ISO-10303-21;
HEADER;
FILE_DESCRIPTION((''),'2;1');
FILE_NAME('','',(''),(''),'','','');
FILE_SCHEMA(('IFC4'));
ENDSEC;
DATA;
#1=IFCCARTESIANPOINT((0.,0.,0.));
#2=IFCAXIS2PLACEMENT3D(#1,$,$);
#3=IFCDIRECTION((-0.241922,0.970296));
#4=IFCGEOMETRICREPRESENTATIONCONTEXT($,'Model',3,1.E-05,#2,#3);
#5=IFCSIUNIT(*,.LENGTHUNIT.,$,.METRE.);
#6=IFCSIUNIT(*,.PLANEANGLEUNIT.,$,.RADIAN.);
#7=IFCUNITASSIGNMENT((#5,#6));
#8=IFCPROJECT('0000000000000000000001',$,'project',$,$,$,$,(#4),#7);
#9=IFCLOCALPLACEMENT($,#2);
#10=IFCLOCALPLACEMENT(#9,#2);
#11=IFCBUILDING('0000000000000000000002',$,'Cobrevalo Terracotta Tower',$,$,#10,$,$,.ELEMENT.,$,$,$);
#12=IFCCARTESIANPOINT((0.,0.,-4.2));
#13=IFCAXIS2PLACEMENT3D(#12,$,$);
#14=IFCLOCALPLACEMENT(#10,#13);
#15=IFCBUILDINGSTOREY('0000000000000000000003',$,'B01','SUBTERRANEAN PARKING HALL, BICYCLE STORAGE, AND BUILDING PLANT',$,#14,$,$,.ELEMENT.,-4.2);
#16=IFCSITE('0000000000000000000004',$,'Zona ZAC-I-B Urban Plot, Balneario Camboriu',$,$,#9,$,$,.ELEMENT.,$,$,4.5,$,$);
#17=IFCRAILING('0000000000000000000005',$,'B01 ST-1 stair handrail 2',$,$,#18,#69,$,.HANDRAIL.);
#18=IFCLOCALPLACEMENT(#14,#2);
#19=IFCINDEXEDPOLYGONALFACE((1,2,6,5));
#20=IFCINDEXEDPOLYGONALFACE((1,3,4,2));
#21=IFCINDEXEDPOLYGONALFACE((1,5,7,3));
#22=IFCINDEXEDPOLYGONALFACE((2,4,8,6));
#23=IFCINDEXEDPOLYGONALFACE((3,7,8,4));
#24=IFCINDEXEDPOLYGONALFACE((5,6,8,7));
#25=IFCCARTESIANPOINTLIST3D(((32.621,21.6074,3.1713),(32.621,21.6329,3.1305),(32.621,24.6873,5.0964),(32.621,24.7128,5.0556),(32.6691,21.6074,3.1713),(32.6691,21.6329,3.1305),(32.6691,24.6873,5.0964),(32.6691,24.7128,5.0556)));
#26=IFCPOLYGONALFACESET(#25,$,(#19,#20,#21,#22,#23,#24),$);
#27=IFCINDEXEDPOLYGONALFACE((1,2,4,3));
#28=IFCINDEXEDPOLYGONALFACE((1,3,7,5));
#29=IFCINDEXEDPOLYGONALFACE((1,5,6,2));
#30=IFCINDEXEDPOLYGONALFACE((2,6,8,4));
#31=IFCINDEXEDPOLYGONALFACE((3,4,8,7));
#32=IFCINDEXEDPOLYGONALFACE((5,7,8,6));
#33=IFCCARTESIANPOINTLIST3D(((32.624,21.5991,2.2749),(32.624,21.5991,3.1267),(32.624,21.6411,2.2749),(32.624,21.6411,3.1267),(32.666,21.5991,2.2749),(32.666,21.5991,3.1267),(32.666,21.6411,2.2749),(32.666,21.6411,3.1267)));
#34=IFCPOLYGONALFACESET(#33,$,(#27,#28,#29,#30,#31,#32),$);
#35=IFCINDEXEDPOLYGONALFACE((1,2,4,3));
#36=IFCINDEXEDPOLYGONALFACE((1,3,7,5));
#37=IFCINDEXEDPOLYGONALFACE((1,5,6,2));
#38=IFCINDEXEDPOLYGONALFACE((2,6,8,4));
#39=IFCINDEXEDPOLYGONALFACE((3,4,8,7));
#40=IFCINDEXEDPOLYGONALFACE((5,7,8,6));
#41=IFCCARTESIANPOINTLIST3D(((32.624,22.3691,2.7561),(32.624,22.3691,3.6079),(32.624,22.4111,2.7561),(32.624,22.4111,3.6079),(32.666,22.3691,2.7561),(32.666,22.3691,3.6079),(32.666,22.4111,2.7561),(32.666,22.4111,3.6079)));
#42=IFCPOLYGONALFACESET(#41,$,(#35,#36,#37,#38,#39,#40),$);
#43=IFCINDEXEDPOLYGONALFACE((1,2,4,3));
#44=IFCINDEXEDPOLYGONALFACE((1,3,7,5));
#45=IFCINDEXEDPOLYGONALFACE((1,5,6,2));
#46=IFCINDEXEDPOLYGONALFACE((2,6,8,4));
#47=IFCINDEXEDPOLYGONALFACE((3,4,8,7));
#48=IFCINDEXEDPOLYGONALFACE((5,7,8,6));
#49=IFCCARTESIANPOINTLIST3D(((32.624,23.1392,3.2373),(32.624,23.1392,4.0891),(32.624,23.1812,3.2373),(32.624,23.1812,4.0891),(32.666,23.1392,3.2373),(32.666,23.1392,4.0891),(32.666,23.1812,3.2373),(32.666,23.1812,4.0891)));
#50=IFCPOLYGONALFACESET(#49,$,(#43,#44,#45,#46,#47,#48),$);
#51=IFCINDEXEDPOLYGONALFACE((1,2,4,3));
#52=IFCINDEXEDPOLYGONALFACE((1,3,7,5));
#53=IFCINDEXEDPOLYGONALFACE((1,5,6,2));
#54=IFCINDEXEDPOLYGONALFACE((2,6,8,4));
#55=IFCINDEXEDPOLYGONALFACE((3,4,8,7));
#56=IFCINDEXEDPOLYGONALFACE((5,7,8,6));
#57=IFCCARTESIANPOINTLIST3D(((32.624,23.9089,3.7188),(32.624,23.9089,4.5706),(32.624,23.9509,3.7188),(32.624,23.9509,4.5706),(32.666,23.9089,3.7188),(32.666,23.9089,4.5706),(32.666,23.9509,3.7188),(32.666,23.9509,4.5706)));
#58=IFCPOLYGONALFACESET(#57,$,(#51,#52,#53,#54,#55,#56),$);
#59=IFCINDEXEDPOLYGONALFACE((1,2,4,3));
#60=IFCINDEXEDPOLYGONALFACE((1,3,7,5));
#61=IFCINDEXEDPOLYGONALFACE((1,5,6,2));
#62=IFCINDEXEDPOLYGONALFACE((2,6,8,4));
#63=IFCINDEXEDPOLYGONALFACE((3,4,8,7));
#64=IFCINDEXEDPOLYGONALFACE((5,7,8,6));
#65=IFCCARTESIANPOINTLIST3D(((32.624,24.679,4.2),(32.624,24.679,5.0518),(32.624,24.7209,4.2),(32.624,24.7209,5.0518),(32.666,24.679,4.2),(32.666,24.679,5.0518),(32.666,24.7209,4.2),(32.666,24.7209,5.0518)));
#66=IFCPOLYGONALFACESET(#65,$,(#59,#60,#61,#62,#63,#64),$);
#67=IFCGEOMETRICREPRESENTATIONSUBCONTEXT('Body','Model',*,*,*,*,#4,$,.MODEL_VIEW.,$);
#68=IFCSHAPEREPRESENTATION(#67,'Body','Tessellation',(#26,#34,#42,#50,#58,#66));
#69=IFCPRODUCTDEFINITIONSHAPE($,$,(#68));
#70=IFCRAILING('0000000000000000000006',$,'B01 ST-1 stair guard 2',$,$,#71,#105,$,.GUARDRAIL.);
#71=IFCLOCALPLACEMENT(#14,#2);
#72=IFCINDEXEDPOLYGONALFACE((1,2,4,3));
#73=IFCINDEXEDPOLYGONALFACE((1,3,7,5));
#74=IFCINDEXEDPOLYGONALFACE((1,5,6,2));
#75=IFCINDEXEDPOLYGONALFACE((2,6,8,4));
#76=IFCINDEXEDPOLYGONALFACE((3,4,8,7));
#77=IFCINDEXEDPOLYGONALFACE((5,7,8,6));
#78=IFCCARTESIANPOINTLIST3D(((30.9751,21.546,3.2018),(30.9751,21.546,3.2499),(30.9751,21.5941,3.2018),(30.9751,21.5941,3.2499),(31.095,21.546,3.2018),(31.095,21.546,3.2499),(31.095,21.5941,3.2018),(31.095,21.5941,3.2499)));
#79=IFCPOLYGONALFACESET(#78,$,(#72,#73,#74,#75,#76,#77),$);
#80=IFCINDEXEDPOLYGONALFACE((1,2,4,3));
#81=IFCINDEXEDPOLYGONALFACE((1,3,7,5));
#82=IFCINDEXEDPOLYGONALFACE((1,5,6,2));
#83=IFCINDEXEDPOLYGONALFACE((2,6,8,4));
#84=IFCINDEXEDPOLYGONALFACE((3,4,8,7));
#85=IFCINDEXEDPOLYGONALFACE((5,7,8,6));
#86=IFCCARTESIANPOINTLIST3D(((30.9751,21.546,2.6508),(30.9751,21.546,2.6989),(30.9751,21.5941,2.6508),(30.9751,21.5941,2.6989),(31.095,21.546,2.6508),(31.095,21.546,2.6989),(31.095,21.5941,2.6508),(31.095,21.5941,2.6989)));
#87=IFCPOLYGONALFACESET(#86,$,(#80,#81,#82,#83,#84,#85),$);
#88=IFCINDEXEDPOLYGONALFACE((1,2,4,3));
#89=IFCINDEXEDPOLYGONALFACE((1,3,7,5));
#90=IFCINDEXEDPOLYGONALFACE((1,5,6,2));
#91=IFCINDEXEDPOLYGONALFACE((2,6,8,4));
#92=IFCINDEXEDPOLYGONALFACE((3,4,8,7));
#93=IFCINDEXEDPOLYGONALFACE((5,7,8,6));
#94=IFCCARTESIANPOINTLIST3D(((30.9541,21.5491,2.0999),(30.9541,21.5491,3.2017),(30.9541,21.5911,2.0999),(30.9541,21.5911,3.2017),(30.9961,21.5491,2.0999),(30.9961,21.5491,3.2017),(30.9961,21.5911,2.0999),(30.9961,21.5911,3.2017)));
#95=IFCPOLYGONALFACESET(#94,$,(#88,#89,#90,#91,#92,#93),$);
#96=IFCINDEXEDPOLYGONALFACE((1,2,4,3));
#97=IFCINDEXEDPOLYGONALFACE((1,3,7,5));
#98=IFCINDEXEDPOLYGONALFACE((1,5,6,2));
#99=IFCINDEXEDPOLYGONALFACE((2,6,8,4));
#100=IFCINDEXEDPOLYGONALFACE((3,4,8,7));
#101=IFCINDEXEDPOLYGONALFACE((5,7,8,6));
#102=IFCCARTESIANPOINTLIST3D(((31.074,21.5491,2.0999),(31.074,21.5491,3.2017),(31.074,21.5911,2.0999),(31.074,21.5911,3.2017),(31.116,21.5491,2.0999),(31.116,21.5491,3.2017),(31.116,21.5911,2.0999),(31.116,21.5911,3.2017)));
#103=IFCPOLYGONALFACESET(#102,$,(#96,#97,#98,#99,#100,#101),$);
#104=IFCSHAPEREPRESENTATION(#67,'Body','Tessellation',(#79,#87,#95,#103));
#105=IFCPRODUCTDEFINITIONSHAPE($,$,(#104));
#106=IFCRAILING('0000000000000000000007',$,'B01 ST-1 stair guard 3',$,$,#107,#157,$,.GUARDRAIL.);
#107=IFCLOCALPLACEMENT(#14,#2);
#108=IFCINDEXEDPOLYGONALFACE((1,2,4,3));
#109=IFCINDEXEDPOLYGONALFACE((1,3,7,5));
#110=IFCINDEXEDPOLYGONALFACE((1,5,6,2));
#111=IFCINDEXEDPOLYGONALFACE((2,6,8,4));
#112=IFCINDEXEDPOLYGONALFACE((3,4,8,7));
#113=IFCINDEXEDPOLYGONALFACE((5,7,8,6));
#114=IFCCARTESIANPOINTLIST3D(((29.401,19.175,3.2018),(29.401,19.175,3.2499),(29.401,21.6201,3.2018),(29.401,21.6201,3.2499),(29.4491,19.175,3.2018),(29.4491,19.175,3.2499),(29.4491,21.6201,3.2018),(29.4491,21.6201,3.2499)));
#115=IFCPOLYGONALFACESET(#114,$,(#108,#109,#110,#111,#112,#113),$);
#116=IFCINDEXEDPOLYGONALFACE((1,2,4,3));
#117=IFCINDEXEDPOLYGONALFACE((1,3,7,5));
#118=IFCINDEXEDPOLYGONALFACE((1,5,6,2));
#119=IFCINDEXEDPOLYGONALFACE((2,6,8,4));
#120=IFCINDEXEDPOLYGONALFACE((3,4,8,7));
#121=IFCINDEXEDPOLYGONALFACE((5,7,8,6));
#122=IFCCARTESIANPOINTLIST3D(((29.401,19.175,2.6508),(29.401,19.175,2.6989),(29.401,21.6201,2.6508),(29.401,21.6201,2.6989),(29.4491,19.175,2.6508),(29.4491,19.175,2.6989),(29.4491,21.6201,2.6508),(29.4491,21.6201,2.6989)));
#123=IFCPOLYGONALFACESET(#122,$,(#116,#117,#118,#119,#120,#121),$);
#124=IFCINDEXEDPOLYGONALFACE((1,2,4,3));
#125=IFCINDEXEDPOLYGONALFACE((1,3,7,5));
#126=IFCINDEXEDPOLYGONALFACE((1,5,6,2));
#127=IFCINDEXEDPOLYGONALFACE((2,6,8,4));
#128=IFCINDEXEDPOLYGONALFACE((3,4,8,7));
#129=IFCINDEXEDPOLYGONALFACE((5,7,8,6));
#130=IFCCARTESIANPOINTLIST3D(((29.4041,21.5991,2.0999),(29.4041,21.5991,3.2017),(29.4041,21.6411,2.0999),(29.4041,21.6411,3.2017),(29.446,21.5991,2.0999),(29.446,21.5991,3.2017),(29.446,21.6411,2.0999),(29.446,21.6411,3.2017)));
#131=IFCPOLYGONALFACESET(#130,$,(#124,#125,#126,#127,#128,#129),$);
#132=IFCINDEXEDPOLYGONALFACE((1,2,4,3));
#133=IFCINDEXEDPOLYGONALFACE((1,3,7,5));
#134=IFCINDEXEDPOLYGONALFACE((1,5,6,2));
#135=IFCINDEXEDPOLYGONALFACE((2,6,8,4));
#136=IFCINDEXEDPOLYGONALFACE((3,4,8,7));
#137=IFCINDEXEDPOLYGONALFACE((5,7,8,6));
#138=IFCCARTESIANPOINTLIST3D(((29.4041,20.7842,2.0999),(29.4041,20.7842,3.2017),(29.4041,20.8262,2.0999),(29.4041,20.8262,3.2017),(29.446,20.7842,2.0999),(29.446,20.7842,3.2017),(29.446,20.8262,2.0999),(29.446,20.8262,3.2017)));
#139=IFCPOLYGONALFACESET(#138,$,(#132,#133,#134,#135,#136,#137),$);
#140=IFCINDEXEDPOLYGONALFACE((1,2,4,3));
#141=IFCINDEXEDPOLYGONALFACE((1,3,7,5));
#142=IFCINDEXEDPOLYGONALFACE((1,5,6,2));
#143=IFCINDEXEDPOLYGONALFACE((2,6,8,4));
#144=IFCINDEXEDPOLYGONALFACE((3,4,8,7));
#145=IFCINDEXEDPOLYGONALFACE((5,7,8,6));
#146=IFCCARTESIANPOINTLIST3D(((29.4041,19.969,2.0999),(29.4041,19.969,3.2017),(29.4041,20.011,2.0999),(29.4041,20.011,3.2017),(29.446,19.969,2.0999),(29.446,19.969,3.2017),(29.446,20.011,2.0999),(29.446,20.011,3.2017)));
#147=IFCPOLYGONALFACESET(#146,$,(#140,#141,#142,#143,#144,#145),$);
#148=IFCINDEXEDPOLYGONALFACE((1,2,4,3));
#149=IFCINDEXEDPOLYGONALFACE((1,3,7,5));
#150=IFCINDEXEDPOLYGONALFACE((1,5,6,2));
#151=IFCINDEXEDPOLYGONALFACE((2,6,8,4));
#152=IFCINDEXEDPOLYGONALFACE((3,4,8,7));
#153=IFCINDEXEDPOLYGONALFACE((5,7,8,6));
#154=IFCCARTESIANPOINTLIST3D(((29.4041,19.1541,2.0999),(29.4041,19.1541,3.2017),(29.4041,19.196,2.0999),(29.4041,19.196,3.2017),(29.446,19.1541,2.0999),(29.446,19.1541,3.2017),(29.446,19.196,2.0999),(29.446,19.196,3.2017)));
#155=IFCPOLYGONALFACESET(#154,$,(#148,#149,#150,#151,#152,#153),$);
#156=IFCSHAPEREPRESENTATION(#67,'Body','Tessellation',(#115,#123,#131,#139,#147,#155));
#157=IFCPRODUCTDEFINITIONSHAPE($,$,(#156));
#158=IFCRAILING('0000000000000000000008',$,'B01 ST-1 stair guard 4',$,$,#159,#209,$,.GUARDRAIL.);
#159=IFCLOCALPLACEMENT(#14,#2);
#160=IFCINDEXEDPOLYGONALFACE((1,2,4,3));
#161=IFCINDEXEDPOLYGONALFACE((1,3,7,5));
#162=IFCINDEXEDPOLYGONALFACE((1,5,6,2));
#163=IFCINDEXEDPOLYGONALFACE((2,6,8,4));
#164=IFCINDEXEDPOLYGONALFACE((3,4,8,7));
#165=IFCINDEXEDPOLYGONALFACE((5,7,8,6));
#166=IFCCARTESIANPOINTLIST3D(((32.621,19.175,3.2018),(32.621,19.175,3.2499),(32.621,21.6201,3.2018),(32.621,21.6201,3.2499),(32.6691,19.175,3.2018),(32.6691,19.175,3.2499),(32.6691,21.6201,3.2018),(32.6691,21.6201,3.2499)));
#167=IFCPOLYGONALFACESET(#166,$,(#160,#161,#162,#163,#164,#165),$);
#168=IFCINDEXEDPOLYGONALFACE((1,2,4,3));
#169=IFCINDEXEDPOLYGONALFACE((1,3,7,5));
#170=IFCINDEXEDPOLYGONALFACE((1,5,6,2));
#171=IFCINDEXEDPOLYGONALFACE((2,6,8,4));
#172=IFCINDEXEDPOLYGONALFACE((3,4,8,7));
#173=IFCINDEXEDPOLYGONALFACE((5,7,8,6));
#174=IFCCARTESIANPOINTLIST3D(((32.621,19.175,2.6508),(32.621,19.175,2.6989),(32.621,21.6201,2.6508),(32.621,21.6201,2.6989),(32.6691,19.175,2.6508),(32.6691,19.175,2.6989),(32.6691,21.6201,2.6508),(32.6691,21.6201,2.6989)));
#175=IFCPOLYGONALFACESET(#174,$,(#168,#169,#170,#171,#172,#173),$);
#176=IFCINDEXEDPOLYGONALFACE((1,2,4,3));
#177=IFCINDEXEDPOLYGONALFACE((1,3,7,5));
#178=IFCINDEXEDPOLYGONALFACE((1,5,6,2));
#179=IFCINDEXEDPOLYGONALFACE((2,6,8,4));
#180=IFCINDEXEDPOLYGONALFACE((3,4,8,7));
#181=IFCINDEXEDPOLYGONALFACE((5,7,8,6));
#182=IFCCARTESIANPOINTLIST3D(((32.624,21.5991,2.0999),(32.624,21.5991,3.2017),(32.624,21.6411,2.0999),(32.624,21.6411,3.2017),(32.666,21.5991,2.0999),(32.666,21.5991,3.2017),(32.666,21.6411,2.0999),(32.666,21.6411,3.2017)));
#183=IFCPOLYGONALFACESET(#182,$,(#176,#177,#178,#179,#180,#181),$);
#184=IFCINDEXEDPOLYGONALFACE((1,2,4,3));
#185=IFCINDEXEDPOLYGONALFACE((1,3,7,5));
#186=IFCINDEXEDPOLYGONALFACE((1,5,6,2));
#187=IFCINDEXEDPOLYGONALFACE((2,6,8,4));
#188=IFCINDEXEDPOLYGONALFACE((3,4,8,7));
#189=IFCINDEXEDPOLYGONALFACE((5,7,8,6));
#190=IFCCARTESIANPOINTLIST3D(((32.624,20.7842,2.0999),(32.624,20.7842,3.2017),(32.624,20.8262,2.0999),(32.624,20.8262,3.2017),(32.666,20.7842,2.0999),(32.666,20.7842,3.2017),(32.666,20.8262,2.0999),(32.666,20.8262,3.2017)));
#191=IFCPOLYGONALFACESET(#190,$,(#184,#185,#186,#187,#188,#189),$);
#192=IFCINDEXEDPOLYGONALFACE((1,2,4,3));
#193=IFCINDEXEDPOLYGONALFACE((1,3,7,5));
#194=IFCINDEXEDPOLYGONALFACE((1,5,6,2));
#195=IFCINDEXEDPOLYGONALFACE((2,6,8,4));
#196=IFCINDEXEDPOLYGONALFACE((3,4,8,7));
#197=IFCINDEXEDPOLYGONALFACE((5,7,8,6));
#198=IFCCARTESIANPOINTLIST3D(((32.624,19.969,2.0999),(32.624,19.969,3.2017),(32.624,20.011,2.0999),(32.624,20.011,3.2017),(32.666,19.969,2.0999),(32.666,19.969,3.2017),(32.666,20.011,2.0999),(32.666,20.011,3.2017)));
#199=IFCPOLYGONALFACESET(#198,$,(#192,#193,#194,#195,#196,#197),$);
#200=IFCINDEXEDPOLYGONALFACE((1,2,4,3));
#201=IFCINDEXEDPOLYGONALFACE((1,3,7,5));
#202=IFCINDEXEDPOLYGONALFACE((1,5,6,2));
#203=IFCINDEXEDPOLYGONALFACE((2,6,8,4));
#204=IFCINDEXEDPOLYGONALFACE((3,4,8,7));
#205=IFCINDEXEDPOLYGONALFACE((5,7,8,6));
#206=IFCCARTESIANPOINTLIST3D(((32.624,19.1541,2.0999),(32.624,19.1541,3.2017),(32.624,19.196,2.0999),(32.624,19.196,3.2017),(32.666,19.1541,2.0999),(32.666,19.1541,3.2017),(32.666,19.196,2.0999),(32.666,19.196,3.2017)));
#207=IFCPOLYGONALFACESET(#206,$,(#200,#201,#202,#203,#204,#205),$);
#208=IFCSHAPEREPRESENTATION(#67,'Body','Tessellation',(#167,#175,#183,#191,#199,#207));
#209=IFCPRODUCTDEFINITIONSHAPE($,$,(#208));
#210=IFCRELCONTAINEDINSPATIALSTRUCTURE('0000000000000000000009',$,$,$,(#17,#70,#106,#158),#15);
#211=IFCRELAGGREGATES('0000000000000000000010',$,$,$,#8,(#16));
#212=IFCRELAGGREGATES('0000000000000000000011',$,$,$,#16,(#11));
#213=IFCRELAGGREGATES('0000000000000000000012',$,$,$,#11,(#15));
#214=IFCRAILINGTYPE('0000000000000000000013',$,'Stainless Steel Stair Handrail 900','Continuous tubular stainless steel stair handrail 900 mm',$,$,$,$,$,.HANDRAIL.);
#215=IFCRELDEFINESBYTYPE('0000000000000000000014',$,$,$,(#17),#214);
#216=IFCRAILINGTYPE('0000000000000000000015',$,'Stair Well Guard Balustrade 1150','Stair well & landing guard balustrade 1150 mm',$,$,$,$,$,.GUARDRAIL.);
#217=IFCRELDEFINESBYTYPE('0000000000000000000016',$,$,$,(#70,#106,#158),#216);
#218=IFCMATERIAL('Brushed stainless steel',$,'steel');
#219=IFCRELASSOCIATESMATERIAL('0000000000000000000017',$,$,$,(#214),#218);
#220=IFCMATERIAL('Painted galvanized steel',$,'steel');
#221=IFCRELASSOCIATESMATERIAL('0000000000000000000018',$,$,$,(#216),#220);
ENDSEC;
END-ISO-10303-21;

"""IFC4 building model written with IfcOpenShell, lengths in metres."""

from ifc_helpers import new_model, si_unit, direction, frame, origin, origin_2d, place, context, subcontext, project, spatial, rectangle, extrude, material, type_object, element, save


model = new_model("IFC4")

# Units and contexts
model_context = context("Model", 3, precision=1e-05, world=origin(), true_north=direction((-0.241922, 0.970296)))
body_context = subcontext(model_context, "Body", "Model", "MODEL_VIEW")
ifc_project = project(units=[si_unit("LENGTHUNIT", "METRE"), si_unit("PLANEANGLEUNIT", "RADIAN")], contexts=[model_context])

# Site, building, storey
site_placement = place(None, origin())
site = spatial("IfcSite", under=ifc_project, at=site_placement, Name="Zona ZAC-I-B Urban Plot, Balneario Camboriu", CompositionType="ELEMENT", RefElevation=4.5)
building_placement = place(site_placement, origin())
building = spatial("IfcBuilding", under=site, at=building_placement, Name="Cobrevalo Terracotta Tower", CompositionType="ELEMENT")
storey_placement = place(building_placement, frame((0.0, 0.0, -4.2)))
storey = spatial("IfcBuildingStorey", under=building, at=storey_placement, Name="B01", Description="SUBTERRANEAN PARKING HALL, BICYCLE STORAGE, AND BUILDING PLANT", CompositionType="ELEMENT", Elevation=-4.2)

# Railings
ifc_material_1 = material(Name="Brushed stainless steel", Category="steel")
railing_type_1 = type_object("IfcRailingType", Name="Stainless Steel Stair Handrail 900", Description="Continuous tubular stainless steel stair handrail 900 mm", PredefinedType="HANDRAIL", material=ifc_material_1)
railing_1_placement = place(storey_placement, frame((32.645, 21.6201, 2.2749)))
element("IfcRailing", 1, at=railing_1_placement, inside=storey, type_object=railing_type_1, Name="B01 ST-1 stair handrail 2", PredefinedType="HANDRAIL", context=body_context, shape_type="SweptSolid", body=[
    extrude(rectangle(XDim=0.0481, YDim=0.0481, at=origin_2d()), frame((0.0, 0.0, 0.876), z_axis=(0.0, 0.847979, 0.530029), x_axis=(-1.0, 0.0, 0.0)), (0.0, 0.0, 1.0), 3.6321),
    extrude(rectangle(XDim=0.042, YDim=0.042, at=origin_2d()), origin(), (0.0, 0.0, 1.0), 0.8518),
    extrude(rectangle(XDim=0.042, YDim=0.042, at=origin_2d()), frame((0.0, 0.77, 0.4812)), (0.0, 0.0, 1.0), 0.8518),
    extrude(rectangle(XDim=0.042, YDim=0.042, at=origin_2d()), frame((0.0, 1.54, 0.9624)), (0.0, 0.0, 1.0), 0.8518),
    extrude(rectangle(XDim=0.042, YDim=0.042, at=origin_2d()), frame((0.0, 2.3098, 1.4438)), (0.0, 0.0, 1.0), 0.8518),
    extrude(rectangle(XDim=0.042, YDim=0.042, at=origin_2d()), frame((0.0, 3.0798, 1.925)), (0.0, 0.0, 1.0), 0.8518),
])
ifc_material_2 = material(Name="Painted galvanized steel", Category="steel")
railing_type_2 = type_object("IfcRailingType", Name="Stair Well Guard Balustrade 1150", Description="Stair well & landing guard balustrade 1150 mm", PredefinedType="GUARDRAIL", material=ifc_material_2)
railing_2_placement = place(storey_placement, frame((30.9751, 21.5701, 2.0999)))
element("IfcRailing", 2, at=railing_2_placement, inside=storey, type_object=railing_type_2, Name="B01 ST-1 stair guard 2", PredefinedType="GUARDRAIL", context=body_context, shape_type="SweptSolid", body=[
    extrude(rectangle(XDim=0.0481, YDim=0.0481, at=origin_2d()), frame((0.0, 0.0, 1.126), z_axis=(1.0, 0.0, 0.0), x_axis=(0.0, 1.0, 0.0)), (0.0, 0.0, 1.0), 0.1199),
    extrude(rectangle(XDim=0.0481, YDim=0.0481, at=origin_2d()), frame((0.0, 0.0, 0.575), z_axis=(1.0, 0.0, 0.0), x_axis=(0.0, 1.0, 0.0)), (0.0, 0.0, 1.0), 0.1199),
    extrude(rectangle(XDim=0.042, YDim=0.042, at=origin_2d()), origin(), (0.0, 0.0, 1.0), 1.1018),
    extrude(rectangle(XDim=0.042, YDim=0.042, at=origin_2d()), frame((0.1199, 0.0, 0.0)), (0.0, 0.0, 1.0), 1.1018),
])
for number, where, name in (
    (3, (29.425, 21.6201, 2.0999), "B01 ST-1 stair guard 3"),
    (4, (32.645, 21.6201, 2.0999), "B01 ST-1 stair guard 4"),
):
    element("IfcRailing", number, at=place(storey_placement, frame(where)), inside=storey, type_object=railing_type_2, Name=name, PredefinedType="GUARDRAIL", context=body_context, shape_type="SweptSolid", body=[
        extrude(rectangle(XDim=0.0481, YDim=0.0481, at=origin_2d()), frame((0.0, 0.0, 1.126), z_axis=(0.0, -1.0, 0.0), x_axis=(1.0, 0.0, 0.0)), (0.0, 0.0, 1.0), 2.4451),
        extrude(rectangle(XDim=0.0481, YDim=0.0481, at=origin_2d()), frame((0.0, 0.0, 0.575), z_axis=(0.0, -1.0, 0.0), x_axis=(1.0, 0.0, 0.0)), (0.0, 0.0, 1.0), 2.4451),
        extrude(rectangle(XDim=0.042, YDim=0.042, at=origin_2d()), origin(), (0.0, 0.0, 1.0), 1.1018),
        extrude(rectangle(XDim=0.042, YDim=0.042, at=origin_2d()), frame((0.0, -0.8149, 0.0)), (0.0, 0.0, 1.0), 1.1018),
        extrude(rectangle(XDim=0.042, YDim=0.042, at=origin_2d()), frame((0.0, -1.6301, 0.0)), (0.0, 0.0, 1.0), 1.1018),
        extrude(rectangle(XDim=0.042, YDim=0.042, at=origin_2d()), frame((0.0, -2.4451, 0.0)), (0.0, 0.0, 1.0), 1.1018),
    ])

save(model, "model.ifc")
